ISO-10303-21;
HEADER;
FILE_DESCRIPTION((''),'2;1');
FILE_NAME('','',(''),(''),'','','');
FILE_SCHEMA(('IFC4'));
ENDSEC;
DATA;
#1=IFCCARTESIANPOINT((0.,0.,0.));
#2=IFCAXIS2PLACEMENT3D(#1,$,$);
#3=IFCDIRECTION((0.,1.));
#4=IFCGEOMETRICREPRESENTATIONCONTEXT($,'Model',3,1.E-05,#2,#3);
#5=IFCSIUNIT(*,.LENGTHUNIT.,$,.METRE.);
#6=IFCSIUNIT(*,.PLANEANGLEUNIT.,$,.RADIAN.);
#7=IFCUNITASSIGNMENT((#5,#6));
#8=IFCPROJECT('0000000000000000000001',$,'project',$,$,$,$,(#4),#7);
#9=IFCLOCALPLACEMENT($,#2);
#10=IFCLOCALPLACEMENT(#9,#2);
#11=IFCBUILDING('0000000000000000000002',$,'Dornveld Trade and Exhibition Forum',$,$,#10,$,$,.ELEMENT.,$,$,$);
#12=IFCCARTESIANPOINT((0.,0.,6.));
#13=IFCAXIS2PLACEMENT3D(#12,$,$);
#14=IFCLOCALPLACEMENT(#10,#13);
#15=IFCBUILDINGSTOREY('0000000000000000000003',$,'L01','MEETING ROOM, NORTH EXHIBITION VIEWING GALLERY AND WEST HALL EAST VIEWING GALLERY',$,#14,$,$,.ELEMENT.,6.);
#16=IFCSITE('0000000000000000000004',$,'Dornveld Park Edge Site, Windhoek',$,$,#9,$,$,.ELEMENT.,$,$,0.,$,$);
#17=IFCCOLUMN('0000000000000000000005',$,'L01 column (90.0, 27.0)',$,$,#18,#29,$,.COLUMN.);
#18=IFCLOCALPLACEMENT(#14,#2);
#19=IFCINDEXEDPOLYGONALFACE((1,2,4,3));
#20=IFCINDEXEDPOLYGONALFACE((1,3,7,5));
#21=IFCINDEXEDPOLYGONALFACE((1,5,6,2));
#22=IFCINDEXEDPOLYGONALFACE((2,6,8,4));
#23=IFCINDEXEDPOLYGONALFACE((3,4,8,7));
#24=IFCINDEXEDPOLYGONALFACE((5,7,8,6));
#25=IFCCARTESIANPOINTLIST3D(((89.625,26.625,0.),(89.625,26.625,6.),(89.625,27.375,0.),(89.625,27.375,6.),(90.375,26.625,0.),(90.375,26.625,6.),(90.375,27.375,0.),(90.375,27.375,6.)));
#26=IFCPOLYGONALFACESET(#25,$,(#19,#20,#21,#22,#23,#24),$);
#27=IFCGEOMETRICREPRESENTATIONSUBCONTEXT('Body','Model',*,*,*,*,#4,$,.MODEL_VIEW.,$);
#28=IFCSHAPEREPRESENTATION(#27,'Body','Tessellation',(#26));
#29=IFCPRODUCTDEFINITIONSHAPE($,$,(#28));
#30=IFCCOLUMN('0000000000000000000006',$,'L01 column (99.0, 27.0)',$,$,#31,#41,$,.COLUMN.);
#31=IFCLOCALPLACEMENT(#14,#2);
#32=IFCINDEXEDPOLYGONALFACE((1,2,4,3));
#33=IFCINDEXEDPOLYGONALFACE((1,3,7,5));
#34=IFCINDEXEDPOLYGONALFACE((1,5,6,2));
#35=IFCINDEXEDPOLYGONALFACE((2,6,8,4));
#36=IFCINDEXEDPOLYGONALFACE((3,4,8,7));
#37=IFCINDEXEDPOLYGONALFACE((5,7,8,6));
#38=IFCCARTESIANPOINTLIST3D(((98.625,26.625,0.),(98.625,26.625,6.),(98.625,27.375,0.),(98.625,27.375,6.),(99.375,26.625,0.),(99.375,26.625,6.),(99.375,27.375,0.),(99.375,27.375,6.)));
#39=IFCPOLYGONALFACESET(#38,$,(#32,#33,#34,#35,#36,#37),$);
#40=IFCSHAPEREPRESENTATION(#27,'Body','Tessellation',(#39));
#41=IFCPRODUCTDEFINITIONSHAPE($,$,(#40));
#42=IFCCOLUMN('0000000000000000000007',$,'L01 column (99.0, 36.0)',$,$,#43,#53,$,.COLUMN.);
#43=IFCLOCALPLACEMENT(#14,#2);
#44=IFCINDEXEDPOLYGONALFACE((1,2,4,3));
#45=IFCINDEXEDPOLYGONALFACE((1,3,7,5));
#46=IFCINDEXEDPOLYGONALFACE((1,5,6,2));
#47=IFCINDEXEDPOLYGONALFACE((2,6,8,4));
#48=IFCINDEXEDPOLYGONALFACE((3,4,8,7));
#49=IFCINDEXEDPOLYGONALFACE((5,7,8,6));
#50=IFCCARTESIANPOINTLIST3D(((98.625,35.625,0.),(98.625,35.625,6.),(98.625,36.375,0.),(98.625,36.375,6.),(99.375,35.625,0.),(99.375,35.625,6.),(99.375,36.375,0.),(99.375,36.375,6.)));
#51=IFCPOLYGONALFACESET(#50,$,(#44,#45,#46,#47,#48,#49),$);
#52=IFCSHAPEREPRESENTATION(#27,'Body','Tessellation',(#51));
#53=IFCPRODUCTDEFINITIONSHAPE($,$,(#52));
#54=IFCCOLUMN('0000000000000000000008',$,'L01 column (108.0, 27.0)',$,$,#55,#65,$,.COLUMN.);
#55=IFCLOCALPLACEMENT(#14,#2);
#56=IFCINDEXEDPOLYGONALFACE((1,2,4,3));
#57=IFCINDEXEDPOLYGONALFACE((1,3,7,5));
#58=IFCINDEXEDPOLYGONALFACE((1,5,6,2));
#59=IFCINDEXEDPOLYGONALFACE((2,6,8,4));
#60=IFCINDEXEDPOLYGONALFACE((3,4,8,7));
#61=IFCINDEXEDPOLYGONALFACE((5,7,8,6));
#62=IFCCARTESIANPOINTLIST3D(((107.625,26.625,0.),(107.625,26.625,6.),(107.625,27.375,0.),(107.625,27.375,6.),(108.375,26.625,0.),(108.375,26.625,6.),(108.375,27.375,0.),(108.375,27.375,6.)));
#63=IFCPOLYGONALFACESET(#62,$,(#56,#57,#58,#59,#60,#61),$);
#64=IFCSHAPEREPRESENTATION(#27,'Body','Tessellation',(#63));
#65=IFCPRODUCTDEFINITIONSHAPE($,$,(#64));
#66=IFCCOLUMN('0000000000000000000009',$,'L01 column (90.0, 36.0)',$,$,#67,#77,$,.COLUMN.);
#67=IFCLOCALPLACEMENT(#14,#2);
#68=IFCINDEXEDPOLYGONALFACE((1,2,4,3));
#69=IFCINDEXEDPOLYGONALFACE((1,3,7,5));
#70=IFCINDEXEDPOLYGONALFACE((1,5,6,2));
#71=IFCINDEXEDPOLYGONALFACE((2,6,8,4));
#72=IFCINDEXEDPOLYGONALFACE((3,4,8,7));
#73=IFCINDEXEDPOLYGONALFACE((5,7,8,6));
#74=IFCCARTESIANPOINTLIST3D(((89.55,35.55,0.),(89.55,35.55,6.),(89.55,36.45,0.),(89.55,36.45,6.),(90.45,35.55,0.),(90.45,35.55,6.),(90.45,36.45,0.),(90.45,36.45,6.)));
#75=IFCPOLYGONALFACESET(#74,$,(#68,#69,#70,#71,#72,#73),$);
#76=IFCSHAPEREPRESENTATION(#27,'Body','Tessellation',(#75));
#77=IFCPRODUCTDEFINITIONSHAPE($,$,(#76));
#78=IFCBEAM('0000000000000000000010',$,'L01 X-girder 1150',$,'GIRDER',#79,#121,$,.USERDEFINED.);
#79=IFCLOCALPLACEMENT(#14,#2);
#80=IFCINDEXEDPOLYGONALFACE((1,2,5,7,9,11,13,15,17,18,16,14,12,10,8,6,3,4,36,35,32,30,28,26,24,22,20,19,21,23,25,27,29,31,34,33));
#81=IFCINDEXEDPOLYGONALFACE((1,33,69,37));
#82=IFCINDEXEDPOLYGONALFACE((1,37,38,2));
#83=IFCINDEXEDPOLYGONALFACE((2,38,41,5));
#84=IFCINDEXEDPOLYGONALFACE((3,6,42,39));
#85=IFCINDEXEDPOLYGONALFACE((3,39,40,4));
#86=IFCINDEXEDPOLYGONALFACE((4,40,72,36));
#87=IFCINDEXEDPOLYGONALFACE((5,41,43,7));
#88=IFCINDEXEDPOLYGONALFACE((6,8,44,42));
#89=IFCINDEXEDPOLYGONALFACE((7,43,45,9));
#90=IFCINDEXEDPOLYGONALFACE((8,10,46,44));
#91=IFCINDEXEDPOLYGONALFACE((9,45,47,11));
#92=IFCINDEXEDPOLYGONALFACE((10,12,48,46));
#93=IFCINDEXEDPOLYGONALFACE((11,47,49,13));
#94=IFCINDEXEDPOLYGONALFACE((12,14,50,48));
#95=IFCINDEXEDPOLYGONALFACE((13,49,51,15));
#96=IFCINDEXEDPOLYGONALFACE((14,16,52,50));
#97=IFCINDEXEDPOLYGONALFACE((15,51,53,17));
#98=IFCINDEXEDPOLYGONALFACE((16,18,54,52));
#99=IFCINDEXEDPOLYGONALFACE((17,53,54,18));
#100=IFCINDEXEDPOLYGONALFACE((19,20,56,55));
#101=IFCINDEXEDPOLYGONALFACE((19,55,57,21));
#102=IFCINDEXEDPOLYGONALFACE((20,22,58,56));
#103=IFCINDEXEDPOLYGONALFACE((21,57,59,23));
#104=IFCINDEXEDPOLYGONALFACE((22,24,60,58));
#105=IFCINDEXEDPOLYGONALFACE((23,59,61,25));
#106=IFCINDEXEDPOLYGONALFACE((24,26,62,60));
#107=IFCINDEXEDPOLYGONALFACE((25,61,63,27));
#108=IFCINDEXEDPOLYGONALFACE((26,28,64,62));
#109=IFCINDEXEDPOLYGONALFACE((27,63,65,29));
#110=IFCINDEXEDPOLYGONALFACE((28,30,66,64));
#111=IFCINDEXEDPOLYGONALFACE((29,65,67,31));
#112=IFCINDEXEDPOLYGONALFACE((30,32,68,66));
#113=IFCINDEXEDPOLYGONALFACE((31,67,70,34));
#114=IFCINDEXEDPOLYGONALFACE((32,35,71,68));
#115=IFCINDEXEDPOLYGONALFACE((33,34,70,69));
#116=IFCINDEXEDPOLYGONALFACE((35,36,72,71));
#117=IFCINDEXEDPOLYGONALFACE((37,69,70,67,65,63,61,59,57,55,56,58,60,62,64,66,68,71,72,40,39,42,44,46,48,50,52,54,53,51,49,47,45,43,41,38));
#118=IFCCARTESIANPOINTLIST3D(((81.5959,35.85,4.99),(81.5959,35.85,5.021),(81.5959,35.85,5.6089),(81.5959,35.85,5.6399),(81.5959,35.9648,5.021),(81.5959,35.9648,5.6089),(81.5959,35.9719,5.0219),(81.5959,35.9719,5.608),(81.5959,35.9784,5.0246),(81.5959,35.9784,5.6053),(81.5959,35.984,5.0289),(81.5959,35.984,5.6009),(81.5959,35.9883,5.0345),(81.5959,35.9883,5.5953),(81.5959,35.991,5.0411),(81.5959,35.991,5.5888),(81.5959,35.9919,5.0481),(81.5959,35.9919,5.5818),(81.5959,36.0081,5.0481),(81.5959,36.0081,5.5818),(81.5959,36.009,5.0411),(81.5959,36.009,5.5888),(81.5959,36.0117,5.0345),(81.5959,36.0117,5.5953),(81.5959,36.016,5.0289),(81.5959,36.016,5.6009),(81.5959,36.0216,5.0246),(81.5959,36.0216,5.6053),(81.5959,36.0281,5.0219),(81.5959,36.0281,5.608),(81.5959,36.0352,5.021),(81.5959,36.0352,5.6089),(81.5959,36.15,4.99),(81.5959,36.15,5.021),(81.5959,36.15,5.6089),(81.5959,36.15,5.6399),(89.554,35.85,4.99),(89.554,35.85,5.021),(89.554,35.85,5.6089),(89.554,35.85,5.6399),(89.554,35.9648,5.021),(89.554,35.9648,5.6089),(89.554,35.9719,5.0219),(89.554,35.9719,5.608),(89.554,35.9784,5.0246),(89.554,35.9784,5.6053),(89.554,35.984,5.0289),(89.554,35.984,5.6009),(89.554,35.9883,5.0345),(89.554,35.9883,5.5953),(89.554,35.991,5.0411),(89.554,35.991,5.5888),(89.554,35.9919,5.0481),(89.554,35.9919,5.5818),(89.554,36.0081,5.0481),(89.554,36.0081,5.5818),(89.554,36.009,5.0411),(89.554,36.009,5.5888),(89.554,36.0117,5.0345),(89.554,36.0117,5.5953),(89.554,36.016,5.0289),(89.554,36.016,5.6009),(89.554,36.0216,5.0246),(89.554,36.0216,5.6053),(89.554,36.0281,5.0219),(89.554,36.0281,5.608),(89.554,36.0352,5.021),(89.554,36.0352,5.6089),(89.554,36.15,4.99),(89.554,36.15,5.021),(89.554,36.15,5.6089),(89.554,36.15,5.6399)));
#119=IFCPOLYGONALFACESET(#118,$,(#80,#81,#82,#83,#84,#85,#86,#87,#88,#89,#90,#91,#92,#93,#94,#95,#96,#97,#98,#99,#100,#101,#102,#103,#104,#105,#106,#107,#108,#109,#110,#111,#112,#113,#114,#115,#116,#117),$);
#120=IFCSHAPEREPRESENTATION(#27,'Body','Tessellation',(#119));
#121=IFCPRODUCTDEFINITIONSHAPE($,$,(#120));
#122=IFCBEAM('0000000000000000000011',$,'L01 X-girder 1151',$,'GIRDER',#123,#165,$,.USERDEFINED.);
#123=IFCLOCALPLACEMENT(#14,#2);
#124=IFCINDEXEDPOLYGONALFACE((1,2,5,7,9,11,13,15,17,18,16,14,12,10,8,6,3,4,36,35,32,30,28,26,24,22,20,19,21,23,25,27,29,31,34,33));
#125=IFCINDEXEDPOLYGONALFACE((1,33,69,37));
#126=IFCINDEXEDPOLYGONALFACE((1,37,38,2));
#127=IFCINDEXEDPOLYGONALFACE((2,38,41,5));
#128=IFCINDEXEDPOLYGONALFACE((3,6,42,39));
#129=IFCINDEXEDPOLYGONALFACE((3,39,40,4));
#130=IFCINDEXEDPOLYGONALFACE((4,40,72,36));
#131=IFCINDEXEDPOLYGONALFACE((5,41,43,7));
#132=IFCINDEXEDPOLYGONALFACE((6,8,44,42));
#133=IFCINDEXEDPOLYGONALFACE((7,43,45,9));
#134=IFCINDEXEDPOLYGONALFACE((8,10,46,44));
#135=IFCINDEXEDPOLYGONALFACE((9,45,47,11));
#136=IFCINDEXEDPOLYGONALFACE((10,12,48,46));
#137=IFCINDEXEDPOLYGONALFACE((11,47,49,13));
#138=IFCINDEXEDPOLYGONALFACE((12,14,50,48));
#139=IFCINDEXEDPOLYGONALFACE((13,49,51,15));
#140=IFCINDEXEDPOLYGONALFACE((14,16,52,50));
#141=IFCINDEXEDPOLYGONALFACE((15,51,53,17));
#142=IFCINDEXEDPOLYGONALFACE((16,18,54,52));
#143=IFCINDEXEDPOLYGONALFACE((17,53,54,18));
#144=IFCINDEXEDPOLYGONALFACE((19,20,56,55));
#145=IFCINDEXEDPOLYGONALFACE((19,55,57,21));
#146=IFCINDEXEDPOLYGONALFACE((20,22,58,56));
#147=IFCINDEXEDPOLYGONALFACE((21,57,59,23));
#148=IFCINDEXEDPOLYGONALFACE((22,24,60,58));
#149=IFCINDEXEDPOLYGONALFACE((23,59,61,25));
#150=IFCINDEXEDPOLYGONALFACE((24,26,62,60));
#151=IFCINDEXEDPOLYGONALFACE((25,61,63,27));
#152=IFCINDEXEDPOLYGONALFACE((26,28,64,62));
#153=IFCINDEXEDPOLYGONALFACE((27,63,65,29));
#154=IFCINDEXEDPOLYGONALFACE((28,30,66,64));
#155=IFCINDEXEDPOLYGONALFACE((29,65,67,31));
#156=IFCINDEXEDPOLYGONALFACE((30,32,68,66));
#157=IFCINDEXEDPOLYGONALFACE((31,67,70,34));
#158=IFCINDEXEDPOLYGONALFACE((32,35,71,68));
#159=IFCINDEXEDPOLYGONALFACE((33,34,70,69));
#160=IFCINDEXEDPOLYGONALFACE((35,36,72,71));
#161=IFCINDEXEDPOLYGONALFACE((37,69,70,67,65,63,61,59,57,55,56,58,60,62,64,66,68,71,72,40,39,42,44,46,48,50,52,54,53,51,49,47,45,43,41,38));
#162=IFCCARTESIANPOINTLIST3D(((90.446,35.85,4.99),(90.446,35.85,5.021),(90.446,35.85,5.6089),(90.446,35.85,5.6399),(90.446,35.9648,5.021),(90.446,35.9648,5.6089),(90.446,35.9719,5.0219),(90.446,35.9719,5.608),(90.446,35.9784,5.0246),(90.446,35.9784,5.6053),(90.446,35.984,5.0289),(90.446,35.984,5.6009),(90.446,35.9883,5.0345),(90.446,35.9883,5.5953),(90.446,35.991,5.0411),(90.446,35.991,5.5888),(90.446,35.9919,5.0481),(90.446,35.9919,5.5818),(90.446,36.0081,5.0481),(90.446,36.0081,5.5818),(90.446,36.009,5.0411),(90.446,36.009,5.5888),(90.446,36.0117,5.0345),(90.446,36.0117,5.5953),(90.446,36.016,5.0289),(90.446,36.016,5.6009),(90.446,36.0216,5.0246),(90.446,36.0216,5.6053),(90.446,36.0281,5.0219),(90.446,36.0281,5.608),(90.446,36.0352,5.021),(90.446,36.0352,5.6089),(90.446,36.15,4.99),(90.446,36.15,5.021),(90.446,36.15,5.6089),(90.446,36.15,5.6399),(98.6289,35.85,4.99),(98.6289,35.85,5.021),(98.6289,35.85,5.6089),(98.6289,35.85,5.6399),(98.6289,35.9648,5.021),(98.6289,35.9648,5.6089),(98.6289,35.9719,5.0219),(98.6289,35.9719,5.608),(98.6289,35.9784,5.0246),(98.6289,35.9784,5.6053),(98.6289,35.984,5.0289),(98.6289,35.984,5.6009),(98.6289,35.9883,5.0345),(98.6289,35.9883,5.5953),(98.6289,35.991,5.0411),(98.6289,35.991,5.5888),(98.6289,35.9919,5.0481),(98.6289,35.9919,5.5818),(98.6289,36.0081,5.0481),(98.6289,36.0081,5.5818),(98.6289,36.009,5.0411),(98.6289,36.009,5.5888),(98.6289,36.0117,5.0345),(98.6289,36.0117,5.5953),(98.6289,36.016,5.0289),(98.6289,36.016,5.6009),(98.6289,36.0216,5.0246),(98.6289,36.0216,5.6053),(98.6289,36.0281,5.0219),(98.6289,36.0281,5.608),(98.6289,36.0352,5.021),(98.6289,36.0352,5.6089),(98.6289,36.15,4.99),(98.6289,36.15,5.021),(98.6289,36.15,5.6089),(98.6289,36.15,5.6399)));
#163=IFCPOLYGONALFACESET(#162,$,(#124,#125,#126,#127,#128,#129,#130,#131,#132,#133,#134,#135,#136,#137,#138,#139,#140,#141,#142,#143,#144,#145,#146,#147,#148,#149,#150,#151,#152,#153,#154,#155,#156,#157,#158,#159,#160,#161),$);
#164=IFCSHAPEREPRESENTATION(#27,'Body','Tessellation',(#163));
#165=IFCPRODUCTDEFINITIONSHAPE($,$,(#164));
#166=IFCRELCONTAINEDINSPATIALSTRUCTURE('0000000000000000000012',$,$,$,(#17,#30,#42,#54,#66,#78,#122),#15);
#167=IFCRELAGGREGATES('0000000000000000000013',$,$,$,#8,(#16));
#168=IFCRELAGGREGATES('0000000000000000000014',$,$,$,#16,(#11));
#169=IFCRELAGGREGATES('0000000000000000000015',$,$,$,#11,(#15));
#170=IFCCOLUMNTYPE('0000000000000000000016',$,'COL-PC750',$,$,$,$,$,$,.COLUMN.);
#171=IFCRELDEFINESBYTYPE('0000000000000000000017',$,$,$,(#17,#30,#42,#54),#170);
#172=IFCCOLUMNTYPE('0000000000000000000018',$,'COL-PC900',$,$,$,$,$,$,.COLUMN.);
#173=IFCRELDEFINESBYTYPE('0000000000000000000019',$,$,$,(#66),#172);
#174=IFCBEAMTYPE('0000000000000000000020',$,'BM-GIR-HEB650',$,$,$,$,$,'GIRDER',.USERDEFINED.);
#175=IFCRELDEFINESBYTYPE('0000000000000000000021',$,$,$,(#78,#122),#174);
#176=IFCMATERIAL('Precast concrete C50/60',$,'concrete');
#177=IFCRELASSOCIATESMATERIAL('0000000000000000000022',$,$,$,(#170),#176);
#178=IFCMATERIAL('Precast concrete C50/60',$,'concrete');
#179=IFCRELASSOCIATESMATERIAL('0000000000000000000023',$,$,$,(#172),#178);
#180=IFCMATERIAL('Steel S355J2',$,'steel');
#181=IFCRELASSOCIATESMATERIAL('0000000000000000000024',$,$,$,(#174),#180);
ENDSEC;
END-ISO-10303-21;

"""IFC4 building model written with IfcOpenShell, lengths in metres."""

from ifc_helpers import new_model, si_unit, direction, frame, origin, origin_2d, place, context, subcontext, project, spatial, rectangle, i_section, extrude, material, material_profile, profile_set, type_object, element, save


model = new_model("IFC4")

# Units and contexts
model_context = context("Model", 3, precision=1e-05, world=origin(), true_north=direction((0.0, 1.0)))
body_context = subcontext(model_context, "Body", "Model", "MODEL_VIEW")
ifc_project = project(units=[si_unit("LENGTHUNIT", "METRE"), si_unit("PLANEANGLEUNIT", "RADIAN")], contexts=[model_context])

# Site, building, storey
site_placement = place(None, origin())
site = spatial("IfcSite", under=ifc_project, at=site_placement, Name="Dornveld Park Edge Site, Windhoek", CompositionType="ELEMENT", RefElevation=0.0)
building_placement = place(site_placement, origin())
building = spatial("IfcBuilding", under=site, at=building_placement, Name="Dornveld Trade and Exhibition Forum", CompositionType="ELEMENT")
storey_placement = place(building_placement, frame((0.0, 0.0, 6.0)))
storey = spatial("IfcBuildingStorey", under=building, at=storey_placement, Name="L01", Description="MEETING ROOM, NORTH EXHIBITION VIEWING GALLERY AND WEST HALL EAST VIEWING GALLERY", CompositionType="ELEMENT", Elevation=6.0)

# Columns
ifc_material_1 = material(Name="Precast concrete C50/60", Category="concrete")
ifc_material_profile_1 = material_profile(ifc_material_1, rectangle(XDim=0.75, YDim=0.75, at=origin_2d()), Name="PC-COL 750x750")
ifc_profile_set_1 = profile_set([ifc_material_profile_1], Name="Precast concrete C50/60")
column_type_1 = type_object("IfcColumnType", Name="COL-PC750", PredefinedType="COLUMN", material=ifc_profile_set_1)
for number, where, z_axis, x_axis, name in (
    (1, (90.0, 27.0, 0.0), (0.0, 0.0, 1.0), (1.0, 0.0, 0.0), "L01 column (90.0, 27.0)"),
    (2, (99.0, 27.0, 0.0), (0.0, 0.0, 1.0), (1.0, 0.0, 0.0), "L01 column (99.0, 27.0)"),
    (3, (99.0, 36.0, 0.0), (0.0, 0.0, 1.0), (1.0, 0.0, 0.0), "L01 column (99.0, 36.0)"),
    (4, (108.0, 27.0, 0.0), (0.0, 0.0, 1.0), (1.0, 0.0, 0.0), "L01 column (108.0, 27.0)"),
):
    element("IfcColumn", number, at=place(storey_placement, frame(where, z_axis=z_axis, x_axis=x_axis)), inside=storey, type_object=column_type_1, Name=name, PredefinedType="COLUMN", context=body_context, shape_type="SweptSolid", body=[
        extrude(rectangle(XDim=0.75, YDim=0.75, at=origin_2d()), origin(), (0.0, 0.0, 1.0), 6.0),
    ])
ifc_material_2 = material(Name="Precast concrete C50/60", Category="concrete")
ifc_material_profile_2 = material_profile(ifc_material_2, rectangle(XDim=0.8999, YDim=0.8999, at=origin_2d()), Name="PC-COL 900x900")
ifc_profile_set_2 = profile_set([ifc_material_profile_2], Name="Precast concrete C50/60")
column_type_2 = type_object("IfcColumnType", Name="COL-PC900", PredefinedType="COLUMN", material=ifc_profile_set_2)
column_placement = place(storey_placement, frame((90.0, 36.0, 0.0), z_axis=(0.0, 0.0, 1.0), x_axis=(1.0, 0.0, 0.0)))
element("IfcColumn", 5, at=column_placement, inside=storey, type_object=column_type_2, Name="L01 column (90.0, 36.0)", PredefinedType="COLUMN", context=body_context, shape_type="SweptSolid", body=[
    extrude(rectangle(XDim=0.8999, YDim=0.8999, at=origin_2d()), origin(), (0.0, 0.0, 1.0), 6.0),
])

# Beams
ifc_material_3 = material(Name="Steel S355J2", Category="steel")
ifc_material_profile_3 = material_profile(ifc_material_3, i_section(OverallWidth=0.3, OverallDepth=0.6499, WebThickness=0.0161, FlangeThickness=0.031, FilletRadius=0.0271, at=origin_2d()), Name="HEB 650")
ifc_profile_set_3 = profile_set([ifc_material_profile_3], Name="Steel S355J2")
beam_type_1 = type_object("IfcBeamType", Name="BM-GIR-HEB650", ElementType="GIRDER", PredefinedType="USERDEFINED", material=ifc_profile_set_3)
beam_1_placement = place(storey_placement, frame((81.5959, 36.0, 5.3149), z_axis=(1.0, 0.0, 0.0), x_axis=(0.0, 1.0, 0.0)))
element("IfcBeam", 6, at=beam_1_placement, inside=storey, type_object=beam_type_1, Name="L01 X-girder 1150", ObjectType="GIRDER", PredefinedType="USERDEFINED", context=body_context, shape_type="SweptSolid", body=[
    extrude(i_section(OverallWidth=0.3, OverallDepth=0.6499, WebThickness=0.0161, FlangeThickness=0.031, FilletRadius=0.0271, at=origin_2d()), origin(), (0.0, 0.0, 1.0), 7.958),
])
beam_2_placement = place(storey_placement, frame((90.446, 36.0, 5.3149), z_axis=(1.0, 0.0, 0.0), x_axis=(0.0, 1.0, 0.0)))
element("IfcBeam", 7, at=beam_2_placement, inside=storey, type_object=beam_type_1, Name="L01 X-girder 1151", ObjectType="GIRDER", PredefinedType="USERDEFINED", context=body_context, shape_type="SweptSolid", body=[
    extrude(i_section(OverallWidth=0.3, OverallDepth=0.6499, WebThickness=0.0161, FlangeThickness=0.031, FilletRadius=0.0271, at=origin_2d()), origin(), (0.0, 0.0, 1.0), 8.1829),
])

save(model, "model.ifc")
